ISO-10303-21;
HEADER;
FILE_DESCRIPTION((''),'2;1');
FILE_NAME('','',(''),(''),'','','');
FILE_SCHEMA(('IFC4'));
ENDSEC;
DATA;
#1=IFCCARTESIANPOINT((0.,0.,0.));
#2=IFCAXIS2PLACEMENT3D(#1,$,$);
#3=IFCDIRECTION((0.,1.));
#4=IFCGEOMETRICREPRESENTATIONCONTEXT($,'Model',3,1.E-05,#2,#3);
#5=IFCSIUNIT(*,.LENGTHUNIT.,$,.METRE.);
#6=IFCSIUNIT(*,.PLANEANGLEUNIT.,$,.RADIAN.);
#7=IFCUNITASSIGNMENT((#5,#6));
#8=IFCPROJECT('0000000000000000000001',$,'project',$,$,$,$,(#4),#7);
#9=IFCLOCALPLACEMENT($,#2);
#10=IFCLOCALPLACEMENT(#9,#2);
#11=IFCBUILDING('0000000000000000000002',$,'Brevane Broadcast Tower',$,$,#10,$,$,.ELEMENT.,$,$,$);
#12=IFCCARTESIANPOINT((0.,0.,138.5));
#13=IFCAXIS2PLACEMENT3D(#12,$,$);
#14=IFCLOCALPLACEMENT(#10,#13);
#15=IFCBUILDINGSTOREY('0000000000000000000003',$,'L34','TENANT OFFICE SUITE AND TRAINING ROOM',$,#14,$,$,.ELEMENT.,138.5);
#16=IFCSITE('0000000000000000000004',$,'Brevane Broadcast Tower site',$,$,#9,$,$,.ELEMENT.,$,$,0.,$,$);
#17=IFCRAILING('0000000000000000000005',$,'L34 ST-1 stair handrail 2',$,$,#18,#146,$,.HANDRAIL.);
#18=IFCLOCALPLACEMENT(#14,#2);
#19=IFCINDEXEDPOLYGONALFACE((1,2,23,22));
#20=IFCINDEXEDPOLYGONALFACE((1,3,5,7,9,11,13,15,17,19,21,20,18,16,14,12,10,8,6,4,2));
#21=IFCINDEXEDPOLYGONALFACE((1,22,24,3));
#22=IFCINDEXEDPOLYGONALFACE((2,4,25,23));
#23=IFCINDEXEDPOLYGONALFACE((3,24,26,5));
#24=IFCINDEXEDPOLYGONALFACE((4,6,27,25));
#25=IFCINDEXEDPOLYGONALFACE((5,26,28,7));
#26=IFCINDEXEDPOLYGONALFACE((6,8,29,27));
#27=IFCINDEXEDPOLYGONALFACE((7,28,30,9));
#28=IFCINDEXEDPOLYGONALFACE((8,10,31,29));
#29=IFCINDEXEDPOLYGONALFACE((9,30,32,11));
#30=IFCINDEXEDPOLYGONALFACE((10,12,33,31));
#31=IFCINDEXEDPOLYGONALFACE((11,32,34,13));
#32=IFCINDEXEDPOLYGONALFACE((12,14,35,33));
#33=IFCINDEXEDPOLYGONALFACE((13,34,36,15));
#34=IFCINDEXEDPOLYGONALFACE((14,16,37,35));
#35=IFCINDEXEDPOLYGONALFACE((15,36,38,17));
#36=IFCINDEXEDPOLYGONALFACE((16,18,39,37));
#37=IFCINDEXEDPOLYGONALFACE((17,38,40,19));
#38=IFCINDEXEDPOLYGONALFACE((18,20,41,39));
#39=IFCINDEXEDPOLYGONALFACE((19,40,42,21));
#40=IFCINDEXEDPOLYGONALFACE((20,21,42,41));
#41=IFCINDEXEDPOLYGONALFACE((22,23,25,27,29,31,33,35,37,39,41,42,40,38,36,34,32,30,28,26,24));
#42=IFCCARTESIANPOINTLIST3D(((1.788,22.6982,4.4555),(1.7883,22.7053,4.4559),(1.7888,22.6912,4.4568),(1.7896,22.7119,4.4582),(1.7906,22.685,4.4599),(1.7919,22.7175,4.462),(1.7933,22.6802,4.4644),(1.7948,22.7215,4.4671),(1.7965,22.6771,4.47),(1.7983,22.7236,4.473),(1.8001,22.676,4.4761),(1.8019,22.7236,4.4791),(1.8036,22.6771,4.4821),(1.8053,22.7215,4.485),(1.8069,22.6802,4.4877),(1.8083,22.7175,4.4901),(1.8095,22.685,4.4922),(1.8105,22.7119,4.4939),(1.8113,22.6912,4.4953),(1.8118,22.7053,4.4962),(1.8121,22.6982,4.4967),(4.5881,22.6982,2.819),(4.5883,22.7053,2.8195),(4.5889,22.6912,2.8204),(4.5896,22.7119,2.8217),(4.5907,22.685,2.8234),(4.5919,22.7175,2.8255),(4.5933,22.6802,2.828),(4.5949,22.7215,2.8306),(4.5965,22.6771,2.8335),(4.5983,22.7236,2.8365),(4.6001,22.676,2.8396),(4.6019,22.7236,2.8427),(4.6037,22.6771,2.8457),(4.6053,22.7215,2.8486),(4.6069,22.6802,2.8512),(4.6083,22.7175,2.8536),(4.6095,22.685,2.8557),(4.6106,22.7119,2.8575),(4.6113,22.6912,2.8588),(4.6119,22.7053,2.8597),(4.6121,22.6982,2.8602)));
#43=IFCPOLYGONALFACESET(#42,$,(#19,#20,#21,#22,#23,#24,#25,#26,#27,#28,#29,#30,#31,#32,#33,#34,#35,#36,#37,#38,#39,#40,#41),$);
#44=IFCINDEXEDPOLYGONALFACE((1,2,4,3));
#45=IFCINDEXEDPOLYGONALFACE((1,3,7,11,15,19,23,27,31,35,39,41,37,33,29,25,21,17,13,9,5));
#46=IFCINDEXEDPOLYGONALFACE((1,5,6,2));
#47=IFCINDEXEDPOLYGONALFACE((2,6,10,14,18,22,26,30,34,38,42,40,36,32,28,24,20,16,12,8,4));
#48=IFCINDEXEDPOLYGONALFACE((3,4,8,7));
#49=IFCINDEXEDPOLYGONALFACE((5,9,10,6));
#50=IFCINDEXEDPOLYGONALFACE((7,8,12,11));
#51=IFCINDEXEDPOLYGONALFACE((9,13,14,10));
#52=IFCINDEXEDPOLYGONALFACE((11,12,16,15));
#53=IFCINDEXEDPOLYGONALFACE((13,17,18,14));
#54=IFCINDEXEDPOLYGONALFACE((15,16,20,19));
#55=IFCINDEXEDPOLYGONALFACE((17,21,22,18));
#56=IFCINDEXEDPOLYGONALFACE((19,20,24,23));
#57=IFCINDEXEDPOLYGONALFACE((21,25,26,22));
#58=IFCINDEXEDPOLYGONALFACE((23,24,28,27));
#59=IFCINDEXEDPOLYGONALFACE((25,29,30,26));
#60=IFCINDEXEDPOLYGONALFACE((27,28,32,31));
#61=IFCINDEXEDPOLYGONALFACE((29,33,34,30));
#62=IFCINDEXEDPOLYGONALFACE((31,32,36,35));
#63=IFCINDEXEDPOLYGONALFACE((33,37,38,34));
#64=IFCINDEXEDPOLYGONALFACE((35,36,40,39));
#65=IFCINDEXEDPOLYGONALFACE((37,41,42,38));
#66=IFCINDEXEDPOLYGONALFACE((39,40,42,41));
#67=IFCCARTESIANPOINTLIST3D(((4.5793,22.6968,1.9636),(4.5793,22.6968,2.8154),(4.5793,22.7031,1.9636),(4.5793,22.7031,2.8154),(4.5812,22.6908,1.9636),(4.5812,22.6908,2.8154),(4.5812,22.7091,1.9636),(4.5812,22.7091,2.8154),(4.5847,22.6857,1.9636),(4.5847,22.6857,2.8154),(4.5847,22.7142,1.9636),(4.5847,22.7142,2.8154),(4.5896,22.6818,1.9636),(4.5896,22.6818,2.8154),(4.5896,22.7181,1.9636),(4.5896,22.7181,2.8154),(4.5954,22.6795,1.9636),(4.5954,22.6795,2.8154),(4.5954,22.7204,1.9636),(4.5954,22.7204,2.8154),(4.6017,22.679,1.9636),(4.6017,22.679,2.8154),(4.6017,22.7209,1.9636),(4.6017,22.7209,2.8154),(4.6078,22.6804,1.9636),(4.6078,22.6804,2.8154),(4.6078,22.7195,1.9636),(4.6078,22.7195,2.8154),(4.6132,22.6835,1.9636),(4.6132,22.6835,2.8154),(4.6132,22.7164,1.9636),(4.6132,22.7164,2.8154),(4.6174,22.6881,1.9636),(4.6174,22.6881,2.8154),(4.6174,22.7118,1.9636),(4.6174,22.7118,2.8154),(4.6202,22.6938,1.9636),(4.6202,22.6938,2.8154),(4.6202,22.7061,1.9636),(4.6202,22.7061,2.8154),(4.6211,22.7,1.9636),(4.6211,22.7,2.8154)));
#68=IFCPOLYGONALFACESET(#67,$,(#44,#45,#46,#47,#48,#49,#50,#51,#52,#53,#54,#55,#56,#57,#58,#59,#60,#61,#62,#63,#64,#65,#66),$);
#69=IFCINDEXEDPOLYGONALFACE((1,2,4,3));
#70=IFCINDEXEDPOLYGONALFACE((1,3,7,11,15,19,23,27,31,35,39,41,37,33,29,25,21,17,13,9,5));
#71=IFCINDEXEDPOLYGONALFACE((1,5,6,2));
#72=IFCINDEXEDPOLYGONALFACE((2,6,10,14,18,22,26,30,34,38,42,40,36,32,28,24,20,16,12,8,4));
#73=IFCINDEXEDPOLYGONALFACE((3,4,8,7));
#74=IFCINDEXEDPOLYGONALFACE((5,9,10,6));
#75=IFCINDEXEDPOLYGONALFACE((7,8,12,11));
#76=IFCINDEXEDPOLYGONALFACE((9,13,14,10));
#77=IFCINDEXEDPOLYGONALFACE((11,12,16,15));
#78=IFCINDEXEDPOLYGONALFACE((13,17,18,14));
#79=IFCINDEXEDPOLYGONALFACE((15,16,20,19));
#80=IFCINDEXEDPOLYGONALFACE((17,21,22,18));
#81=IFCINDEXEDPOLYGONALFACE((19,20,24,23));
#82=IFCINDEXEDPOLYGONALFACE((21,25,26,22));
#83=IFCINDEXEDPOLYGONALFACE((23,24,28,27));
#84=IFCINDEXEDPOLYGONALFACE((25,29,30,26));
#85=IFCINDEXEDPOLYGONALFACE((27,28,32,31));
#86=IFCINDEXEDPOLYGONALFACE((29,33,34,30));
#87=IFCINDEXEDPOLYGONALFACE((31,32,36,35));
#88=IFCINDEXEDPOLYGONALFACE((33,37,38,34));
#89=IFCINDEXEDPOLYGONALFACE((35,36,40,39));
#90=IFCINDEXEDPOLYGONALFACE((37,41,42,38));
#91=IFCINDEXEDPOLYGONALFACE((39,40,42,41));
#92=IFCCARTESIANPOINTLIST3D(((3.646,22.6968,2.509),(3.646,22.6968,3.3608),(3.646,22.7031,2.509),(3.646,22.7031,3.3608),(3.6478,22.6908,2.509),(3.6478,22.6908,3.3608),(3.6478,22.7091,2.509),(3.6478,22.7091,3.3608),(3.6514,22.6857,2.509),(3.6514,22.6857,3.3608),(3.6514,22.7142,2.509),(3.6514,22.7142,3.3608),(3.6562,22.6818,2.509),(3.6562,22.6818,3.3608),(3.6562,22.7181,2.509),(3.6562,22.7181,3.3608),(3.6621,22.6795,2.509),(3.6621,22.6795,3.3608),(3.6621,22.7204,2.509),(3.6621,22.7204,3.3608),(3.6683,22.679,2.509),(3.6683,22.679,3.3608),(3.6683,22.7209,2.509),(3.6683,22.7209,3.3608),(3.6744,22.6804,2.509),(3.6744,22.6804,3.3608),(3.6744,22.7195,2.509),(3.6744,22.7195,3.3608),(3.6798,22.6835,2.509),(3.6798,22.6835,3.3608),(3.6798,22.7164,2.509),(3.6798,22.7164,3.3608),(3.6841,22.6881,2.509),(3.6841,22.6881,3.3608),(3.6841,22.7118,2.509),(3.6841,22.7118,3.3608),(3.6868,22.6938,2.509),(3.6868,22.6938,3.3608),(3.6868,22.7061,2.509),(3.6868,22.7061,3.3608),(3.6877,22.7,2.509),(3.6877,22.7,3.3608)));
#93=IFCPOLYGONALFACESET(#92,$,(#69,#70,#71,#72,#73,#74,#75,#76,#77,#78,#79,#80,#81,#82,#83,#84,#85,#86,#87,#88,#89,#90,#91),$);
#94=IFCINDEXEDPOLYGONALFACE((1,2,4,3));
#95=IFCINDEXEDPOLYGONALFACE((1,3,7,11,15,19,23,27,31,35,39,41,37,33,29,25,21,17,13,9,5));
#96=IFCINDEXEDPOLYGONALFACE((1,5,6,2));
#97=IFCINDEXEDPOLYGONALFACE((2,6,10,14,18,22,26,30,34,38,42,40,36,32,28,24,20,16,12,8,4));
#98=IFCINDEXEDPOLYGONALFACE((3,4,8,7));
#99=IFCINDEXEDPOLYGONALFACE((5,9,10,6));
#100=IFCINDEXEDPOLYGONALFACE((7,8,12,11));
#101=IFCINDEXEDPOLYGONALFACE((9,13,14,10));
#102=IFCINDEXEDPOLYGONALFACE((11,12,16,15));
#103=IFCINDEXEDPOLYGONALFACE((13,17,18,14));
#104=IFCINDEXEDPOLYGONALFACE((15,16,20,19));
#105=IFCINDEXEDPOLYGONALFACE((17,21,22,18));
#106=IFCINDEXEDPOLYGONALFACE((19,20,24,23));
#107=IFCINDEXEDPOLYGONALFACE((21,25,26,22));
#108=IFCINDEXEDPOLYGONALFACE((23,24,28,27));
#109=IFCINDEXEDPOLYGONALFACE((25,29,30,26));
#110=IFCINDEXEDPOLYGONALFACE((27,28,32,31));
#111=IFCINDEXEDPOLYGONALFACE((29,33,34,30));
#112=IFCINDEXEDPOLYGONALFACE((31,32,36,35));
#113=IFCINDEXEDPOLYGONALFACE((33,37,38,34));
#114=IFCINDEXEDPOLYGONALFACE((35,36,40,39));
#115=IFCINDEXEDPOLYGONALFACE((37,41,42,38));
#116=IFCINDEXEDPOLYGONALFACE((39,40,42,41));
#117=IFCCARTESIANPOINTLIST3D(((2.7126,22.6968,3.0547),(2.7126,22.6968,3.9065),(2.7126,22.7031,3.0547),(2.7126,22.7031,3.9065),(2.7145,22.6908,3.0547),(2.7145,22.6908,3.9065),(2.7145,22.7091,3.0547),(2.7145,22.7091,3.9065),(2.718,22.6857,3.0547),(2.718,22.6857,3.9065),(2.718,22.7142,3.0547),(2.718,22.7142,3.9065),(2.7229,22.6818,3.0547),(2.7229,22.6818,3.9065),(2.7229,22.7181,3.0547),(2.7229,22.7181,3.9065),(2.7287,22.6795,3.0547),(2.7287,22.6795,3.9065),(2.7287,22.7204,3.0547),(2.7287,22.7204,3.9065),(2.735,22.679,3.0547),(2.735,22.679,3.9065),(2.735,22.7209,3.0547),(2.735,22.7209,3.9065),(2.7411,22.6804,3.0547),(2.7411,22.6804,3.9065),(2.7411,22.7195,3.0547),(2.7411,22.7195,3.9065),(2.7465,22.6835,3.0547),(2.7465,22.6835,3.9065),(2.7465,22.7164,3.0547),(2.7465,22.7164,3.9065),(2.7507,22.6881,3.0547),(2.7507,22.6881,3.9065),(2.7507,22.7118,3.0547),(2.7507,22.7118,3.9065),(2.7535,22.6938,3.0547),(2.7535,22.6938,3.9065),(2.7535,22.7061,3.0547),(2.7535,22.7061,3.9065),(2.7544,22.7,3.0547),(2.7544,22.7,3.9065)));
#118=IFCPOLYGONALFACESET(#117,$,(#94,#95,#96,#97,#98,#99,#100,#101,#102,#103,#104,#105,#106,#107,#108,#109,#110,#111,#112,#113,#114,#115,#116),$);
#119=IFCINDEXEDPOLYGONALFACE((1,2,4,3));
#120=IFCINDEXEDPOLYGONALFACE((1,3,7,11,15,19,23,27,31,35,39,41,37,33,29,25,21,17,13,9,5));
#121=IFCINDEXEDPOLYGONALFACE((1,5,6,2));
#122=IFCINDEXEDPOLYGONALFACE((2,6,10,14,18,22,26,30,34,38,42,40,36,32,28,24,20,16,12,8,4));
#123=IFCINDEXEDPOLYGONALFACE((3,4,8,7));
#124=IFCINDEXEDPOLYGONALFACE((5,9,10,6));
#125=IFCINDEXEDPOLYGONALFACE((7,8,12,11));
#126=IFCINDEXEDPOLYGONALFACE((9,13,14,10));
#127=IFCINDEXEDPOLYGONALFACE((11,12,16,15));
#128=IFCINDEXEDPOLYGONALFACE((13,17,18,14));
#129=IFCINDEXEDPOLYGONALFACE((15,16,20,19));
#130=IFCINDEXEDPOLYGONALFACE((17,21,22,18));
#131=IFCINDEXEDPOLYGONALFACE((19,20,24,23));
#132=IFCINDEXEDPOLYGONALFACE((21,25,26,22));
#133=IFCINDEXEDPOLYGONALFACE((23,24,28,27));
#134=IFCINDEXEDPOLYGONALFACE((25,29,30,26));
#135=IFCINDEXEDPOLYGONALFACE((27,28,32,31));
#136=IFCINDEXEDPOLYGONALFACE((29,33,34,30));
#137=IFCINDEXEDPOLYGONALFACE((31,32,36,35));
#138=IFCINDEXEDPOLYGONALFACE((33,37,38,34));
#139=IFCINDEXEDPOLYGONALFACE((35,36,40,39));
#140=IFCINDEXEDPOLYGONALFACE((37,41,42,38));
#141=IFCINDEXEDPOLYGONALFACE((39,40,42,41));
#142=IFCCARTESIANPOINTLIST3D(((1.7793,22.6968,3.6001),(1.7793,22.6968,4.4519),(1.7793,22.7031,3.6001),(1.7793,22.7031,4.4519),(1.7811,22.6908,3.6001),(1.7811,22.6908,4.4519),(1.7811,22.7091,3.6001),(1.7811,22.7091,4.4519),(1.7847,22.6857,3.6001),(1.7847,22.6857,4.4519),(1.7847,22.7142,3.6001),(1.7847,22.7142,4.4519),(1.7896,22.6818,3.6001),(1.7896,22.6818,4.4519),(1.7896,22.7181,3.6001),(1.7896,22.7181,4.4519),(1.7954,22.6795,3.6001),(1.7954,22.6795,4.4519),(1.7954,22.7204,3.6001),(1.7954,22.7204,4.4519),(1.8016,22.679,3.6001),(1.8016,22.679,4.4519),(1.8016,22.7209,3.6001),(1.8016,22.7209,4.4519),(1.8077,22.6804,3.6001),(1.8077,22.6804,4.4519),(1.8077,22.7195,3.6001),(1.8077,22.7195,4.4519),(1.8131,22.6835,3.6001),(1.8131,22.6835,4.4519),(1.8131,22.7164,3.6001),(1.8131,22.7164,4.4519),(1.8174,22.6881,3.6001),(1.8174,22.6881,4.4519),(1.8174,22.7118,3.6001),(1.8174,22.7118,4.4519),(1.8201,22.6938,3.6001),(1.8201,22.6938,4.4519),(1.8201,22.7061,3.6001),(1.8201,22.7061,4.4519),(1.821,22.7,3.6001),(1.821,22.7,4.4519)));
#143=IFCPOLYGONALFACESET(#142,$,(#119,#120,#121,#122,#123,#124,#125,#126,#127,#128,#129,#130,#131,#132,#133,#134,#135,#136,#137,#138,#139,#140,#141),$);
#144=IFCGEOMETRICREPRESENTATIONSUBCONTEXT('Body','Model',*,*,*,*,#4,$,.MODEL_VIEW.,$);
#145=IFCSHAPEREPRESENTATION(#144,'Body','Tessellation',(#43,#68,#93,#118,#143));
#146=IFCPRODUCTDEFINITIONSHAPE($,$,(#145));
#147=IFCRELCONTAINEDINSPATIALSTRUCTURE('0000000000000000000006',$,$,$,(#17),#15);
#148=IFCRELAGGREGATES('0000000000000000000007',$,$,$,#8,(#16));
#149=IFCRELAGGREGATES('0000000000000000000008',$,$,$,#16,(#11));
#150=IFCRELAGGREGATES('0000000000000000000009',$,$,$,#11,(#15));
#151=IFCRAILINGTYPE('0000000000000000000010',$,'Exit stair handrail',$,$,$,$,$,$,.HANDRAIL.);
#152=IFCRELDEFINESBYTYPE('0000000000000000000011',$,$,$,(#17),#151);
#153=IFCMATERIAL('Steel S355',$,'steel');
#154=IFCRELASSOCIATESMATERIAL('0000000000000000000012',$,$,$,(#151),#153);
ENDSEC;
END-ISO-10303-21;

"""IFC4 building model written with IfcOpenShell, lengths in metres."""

from ifc_helpers import new_model, si_unit, direction, frame, origin, origin_2d, place, context, subcontext, project, spatial, circle, extrude, material, type_object, element, save


model = new_model("IFC4")

# Units and contexts
model_context = context("Model", 3, precision=1e-05, world=origin(), true_north=direction((0.0, 1.0)))
body_context = subcontext(model_context, "Body", "Model", "MODEL_VIEW")
ifc_project = project(units=[si_unit("LENGTHUNIT", "METRE"), si_unit("PLANEANGLEUNIT", "RADIAN")], contexts=[model_context])

# Site, building, storey
site_placement = place(None, origin())
site = spatial("IfcSite", under=ifc_project, at=site_placement, Name="Brevane Broadcast Tower site", CompositionType="ELEMENT", RefElevation=0.0)
building_placement = place(site_placement, origin())
building = spatial("IfcBuilding", under=site, at=building_placement, Name="Brevane Broadcast Tower", CompositionType="ELEMENT")
storey_placement = place(building_placement, frame((0.0, 0.0, 138.5)))
storey = spatial("IfcBuildingStorey", under=building, at=storey_placement, Name="L34", Description="TENANT OFFICE SUITE AND TRAINING ROOM", CompositionType="ELEMENT", Elevation=138.5)

# Railing
ifc_material_1 = material(Name="Steel S355", Category="steel")
railing_type_1 = type_object("IfcRailingType", Name="Exit stair handrail", PredefinedType="HANDRAIL", material=ifc_material_1)
railing_1_placement = place(storey_placement, frame((4.6001, 22.7, 1.9636)))
element("IfcRailing", 1, at=railing_1_placement, inside=storey, type_object=railing_type_1, Name="L34 ST-1 stair handrail 2", PredefinedType="HANDRAIL", context=body_context, shape_type="SweptSolid", body=[
    extrude(circle(Radius=0.0239, at=origin_2d()), frame((0.0, 0.0, 0.876), z_axis=(-0.863361, 0.0, 0.504587), x_axis=(0.0, -1.0, 0.0)), (0.0, 0.0, 1.0), 3.2432),
    extrude(circle(Radius=0.021, at=origin_2d()), origin(), (0.0, 0.0, 1.0), 0.8518),
    extrude(circle(Radius=0.021, at=origin_2d()), frame((-0.9333, 0.0, 0.5454)), (0.0, 0.0, 1.0), 0.8518),
    extrude(circle(Radius=0.021, at=origin_2d()), frame((-1.8667, 0.0, 1.0911)), (0.0, 0.0, 1.0), 0.8518),
    extrude(circle(Radius=0.021, at=origin_2d()), frame((-2.8, 0.0, 1.6365)), (0.0, 0.0, 1.0), 0.8518),
])

save(model, "model.ifc")
